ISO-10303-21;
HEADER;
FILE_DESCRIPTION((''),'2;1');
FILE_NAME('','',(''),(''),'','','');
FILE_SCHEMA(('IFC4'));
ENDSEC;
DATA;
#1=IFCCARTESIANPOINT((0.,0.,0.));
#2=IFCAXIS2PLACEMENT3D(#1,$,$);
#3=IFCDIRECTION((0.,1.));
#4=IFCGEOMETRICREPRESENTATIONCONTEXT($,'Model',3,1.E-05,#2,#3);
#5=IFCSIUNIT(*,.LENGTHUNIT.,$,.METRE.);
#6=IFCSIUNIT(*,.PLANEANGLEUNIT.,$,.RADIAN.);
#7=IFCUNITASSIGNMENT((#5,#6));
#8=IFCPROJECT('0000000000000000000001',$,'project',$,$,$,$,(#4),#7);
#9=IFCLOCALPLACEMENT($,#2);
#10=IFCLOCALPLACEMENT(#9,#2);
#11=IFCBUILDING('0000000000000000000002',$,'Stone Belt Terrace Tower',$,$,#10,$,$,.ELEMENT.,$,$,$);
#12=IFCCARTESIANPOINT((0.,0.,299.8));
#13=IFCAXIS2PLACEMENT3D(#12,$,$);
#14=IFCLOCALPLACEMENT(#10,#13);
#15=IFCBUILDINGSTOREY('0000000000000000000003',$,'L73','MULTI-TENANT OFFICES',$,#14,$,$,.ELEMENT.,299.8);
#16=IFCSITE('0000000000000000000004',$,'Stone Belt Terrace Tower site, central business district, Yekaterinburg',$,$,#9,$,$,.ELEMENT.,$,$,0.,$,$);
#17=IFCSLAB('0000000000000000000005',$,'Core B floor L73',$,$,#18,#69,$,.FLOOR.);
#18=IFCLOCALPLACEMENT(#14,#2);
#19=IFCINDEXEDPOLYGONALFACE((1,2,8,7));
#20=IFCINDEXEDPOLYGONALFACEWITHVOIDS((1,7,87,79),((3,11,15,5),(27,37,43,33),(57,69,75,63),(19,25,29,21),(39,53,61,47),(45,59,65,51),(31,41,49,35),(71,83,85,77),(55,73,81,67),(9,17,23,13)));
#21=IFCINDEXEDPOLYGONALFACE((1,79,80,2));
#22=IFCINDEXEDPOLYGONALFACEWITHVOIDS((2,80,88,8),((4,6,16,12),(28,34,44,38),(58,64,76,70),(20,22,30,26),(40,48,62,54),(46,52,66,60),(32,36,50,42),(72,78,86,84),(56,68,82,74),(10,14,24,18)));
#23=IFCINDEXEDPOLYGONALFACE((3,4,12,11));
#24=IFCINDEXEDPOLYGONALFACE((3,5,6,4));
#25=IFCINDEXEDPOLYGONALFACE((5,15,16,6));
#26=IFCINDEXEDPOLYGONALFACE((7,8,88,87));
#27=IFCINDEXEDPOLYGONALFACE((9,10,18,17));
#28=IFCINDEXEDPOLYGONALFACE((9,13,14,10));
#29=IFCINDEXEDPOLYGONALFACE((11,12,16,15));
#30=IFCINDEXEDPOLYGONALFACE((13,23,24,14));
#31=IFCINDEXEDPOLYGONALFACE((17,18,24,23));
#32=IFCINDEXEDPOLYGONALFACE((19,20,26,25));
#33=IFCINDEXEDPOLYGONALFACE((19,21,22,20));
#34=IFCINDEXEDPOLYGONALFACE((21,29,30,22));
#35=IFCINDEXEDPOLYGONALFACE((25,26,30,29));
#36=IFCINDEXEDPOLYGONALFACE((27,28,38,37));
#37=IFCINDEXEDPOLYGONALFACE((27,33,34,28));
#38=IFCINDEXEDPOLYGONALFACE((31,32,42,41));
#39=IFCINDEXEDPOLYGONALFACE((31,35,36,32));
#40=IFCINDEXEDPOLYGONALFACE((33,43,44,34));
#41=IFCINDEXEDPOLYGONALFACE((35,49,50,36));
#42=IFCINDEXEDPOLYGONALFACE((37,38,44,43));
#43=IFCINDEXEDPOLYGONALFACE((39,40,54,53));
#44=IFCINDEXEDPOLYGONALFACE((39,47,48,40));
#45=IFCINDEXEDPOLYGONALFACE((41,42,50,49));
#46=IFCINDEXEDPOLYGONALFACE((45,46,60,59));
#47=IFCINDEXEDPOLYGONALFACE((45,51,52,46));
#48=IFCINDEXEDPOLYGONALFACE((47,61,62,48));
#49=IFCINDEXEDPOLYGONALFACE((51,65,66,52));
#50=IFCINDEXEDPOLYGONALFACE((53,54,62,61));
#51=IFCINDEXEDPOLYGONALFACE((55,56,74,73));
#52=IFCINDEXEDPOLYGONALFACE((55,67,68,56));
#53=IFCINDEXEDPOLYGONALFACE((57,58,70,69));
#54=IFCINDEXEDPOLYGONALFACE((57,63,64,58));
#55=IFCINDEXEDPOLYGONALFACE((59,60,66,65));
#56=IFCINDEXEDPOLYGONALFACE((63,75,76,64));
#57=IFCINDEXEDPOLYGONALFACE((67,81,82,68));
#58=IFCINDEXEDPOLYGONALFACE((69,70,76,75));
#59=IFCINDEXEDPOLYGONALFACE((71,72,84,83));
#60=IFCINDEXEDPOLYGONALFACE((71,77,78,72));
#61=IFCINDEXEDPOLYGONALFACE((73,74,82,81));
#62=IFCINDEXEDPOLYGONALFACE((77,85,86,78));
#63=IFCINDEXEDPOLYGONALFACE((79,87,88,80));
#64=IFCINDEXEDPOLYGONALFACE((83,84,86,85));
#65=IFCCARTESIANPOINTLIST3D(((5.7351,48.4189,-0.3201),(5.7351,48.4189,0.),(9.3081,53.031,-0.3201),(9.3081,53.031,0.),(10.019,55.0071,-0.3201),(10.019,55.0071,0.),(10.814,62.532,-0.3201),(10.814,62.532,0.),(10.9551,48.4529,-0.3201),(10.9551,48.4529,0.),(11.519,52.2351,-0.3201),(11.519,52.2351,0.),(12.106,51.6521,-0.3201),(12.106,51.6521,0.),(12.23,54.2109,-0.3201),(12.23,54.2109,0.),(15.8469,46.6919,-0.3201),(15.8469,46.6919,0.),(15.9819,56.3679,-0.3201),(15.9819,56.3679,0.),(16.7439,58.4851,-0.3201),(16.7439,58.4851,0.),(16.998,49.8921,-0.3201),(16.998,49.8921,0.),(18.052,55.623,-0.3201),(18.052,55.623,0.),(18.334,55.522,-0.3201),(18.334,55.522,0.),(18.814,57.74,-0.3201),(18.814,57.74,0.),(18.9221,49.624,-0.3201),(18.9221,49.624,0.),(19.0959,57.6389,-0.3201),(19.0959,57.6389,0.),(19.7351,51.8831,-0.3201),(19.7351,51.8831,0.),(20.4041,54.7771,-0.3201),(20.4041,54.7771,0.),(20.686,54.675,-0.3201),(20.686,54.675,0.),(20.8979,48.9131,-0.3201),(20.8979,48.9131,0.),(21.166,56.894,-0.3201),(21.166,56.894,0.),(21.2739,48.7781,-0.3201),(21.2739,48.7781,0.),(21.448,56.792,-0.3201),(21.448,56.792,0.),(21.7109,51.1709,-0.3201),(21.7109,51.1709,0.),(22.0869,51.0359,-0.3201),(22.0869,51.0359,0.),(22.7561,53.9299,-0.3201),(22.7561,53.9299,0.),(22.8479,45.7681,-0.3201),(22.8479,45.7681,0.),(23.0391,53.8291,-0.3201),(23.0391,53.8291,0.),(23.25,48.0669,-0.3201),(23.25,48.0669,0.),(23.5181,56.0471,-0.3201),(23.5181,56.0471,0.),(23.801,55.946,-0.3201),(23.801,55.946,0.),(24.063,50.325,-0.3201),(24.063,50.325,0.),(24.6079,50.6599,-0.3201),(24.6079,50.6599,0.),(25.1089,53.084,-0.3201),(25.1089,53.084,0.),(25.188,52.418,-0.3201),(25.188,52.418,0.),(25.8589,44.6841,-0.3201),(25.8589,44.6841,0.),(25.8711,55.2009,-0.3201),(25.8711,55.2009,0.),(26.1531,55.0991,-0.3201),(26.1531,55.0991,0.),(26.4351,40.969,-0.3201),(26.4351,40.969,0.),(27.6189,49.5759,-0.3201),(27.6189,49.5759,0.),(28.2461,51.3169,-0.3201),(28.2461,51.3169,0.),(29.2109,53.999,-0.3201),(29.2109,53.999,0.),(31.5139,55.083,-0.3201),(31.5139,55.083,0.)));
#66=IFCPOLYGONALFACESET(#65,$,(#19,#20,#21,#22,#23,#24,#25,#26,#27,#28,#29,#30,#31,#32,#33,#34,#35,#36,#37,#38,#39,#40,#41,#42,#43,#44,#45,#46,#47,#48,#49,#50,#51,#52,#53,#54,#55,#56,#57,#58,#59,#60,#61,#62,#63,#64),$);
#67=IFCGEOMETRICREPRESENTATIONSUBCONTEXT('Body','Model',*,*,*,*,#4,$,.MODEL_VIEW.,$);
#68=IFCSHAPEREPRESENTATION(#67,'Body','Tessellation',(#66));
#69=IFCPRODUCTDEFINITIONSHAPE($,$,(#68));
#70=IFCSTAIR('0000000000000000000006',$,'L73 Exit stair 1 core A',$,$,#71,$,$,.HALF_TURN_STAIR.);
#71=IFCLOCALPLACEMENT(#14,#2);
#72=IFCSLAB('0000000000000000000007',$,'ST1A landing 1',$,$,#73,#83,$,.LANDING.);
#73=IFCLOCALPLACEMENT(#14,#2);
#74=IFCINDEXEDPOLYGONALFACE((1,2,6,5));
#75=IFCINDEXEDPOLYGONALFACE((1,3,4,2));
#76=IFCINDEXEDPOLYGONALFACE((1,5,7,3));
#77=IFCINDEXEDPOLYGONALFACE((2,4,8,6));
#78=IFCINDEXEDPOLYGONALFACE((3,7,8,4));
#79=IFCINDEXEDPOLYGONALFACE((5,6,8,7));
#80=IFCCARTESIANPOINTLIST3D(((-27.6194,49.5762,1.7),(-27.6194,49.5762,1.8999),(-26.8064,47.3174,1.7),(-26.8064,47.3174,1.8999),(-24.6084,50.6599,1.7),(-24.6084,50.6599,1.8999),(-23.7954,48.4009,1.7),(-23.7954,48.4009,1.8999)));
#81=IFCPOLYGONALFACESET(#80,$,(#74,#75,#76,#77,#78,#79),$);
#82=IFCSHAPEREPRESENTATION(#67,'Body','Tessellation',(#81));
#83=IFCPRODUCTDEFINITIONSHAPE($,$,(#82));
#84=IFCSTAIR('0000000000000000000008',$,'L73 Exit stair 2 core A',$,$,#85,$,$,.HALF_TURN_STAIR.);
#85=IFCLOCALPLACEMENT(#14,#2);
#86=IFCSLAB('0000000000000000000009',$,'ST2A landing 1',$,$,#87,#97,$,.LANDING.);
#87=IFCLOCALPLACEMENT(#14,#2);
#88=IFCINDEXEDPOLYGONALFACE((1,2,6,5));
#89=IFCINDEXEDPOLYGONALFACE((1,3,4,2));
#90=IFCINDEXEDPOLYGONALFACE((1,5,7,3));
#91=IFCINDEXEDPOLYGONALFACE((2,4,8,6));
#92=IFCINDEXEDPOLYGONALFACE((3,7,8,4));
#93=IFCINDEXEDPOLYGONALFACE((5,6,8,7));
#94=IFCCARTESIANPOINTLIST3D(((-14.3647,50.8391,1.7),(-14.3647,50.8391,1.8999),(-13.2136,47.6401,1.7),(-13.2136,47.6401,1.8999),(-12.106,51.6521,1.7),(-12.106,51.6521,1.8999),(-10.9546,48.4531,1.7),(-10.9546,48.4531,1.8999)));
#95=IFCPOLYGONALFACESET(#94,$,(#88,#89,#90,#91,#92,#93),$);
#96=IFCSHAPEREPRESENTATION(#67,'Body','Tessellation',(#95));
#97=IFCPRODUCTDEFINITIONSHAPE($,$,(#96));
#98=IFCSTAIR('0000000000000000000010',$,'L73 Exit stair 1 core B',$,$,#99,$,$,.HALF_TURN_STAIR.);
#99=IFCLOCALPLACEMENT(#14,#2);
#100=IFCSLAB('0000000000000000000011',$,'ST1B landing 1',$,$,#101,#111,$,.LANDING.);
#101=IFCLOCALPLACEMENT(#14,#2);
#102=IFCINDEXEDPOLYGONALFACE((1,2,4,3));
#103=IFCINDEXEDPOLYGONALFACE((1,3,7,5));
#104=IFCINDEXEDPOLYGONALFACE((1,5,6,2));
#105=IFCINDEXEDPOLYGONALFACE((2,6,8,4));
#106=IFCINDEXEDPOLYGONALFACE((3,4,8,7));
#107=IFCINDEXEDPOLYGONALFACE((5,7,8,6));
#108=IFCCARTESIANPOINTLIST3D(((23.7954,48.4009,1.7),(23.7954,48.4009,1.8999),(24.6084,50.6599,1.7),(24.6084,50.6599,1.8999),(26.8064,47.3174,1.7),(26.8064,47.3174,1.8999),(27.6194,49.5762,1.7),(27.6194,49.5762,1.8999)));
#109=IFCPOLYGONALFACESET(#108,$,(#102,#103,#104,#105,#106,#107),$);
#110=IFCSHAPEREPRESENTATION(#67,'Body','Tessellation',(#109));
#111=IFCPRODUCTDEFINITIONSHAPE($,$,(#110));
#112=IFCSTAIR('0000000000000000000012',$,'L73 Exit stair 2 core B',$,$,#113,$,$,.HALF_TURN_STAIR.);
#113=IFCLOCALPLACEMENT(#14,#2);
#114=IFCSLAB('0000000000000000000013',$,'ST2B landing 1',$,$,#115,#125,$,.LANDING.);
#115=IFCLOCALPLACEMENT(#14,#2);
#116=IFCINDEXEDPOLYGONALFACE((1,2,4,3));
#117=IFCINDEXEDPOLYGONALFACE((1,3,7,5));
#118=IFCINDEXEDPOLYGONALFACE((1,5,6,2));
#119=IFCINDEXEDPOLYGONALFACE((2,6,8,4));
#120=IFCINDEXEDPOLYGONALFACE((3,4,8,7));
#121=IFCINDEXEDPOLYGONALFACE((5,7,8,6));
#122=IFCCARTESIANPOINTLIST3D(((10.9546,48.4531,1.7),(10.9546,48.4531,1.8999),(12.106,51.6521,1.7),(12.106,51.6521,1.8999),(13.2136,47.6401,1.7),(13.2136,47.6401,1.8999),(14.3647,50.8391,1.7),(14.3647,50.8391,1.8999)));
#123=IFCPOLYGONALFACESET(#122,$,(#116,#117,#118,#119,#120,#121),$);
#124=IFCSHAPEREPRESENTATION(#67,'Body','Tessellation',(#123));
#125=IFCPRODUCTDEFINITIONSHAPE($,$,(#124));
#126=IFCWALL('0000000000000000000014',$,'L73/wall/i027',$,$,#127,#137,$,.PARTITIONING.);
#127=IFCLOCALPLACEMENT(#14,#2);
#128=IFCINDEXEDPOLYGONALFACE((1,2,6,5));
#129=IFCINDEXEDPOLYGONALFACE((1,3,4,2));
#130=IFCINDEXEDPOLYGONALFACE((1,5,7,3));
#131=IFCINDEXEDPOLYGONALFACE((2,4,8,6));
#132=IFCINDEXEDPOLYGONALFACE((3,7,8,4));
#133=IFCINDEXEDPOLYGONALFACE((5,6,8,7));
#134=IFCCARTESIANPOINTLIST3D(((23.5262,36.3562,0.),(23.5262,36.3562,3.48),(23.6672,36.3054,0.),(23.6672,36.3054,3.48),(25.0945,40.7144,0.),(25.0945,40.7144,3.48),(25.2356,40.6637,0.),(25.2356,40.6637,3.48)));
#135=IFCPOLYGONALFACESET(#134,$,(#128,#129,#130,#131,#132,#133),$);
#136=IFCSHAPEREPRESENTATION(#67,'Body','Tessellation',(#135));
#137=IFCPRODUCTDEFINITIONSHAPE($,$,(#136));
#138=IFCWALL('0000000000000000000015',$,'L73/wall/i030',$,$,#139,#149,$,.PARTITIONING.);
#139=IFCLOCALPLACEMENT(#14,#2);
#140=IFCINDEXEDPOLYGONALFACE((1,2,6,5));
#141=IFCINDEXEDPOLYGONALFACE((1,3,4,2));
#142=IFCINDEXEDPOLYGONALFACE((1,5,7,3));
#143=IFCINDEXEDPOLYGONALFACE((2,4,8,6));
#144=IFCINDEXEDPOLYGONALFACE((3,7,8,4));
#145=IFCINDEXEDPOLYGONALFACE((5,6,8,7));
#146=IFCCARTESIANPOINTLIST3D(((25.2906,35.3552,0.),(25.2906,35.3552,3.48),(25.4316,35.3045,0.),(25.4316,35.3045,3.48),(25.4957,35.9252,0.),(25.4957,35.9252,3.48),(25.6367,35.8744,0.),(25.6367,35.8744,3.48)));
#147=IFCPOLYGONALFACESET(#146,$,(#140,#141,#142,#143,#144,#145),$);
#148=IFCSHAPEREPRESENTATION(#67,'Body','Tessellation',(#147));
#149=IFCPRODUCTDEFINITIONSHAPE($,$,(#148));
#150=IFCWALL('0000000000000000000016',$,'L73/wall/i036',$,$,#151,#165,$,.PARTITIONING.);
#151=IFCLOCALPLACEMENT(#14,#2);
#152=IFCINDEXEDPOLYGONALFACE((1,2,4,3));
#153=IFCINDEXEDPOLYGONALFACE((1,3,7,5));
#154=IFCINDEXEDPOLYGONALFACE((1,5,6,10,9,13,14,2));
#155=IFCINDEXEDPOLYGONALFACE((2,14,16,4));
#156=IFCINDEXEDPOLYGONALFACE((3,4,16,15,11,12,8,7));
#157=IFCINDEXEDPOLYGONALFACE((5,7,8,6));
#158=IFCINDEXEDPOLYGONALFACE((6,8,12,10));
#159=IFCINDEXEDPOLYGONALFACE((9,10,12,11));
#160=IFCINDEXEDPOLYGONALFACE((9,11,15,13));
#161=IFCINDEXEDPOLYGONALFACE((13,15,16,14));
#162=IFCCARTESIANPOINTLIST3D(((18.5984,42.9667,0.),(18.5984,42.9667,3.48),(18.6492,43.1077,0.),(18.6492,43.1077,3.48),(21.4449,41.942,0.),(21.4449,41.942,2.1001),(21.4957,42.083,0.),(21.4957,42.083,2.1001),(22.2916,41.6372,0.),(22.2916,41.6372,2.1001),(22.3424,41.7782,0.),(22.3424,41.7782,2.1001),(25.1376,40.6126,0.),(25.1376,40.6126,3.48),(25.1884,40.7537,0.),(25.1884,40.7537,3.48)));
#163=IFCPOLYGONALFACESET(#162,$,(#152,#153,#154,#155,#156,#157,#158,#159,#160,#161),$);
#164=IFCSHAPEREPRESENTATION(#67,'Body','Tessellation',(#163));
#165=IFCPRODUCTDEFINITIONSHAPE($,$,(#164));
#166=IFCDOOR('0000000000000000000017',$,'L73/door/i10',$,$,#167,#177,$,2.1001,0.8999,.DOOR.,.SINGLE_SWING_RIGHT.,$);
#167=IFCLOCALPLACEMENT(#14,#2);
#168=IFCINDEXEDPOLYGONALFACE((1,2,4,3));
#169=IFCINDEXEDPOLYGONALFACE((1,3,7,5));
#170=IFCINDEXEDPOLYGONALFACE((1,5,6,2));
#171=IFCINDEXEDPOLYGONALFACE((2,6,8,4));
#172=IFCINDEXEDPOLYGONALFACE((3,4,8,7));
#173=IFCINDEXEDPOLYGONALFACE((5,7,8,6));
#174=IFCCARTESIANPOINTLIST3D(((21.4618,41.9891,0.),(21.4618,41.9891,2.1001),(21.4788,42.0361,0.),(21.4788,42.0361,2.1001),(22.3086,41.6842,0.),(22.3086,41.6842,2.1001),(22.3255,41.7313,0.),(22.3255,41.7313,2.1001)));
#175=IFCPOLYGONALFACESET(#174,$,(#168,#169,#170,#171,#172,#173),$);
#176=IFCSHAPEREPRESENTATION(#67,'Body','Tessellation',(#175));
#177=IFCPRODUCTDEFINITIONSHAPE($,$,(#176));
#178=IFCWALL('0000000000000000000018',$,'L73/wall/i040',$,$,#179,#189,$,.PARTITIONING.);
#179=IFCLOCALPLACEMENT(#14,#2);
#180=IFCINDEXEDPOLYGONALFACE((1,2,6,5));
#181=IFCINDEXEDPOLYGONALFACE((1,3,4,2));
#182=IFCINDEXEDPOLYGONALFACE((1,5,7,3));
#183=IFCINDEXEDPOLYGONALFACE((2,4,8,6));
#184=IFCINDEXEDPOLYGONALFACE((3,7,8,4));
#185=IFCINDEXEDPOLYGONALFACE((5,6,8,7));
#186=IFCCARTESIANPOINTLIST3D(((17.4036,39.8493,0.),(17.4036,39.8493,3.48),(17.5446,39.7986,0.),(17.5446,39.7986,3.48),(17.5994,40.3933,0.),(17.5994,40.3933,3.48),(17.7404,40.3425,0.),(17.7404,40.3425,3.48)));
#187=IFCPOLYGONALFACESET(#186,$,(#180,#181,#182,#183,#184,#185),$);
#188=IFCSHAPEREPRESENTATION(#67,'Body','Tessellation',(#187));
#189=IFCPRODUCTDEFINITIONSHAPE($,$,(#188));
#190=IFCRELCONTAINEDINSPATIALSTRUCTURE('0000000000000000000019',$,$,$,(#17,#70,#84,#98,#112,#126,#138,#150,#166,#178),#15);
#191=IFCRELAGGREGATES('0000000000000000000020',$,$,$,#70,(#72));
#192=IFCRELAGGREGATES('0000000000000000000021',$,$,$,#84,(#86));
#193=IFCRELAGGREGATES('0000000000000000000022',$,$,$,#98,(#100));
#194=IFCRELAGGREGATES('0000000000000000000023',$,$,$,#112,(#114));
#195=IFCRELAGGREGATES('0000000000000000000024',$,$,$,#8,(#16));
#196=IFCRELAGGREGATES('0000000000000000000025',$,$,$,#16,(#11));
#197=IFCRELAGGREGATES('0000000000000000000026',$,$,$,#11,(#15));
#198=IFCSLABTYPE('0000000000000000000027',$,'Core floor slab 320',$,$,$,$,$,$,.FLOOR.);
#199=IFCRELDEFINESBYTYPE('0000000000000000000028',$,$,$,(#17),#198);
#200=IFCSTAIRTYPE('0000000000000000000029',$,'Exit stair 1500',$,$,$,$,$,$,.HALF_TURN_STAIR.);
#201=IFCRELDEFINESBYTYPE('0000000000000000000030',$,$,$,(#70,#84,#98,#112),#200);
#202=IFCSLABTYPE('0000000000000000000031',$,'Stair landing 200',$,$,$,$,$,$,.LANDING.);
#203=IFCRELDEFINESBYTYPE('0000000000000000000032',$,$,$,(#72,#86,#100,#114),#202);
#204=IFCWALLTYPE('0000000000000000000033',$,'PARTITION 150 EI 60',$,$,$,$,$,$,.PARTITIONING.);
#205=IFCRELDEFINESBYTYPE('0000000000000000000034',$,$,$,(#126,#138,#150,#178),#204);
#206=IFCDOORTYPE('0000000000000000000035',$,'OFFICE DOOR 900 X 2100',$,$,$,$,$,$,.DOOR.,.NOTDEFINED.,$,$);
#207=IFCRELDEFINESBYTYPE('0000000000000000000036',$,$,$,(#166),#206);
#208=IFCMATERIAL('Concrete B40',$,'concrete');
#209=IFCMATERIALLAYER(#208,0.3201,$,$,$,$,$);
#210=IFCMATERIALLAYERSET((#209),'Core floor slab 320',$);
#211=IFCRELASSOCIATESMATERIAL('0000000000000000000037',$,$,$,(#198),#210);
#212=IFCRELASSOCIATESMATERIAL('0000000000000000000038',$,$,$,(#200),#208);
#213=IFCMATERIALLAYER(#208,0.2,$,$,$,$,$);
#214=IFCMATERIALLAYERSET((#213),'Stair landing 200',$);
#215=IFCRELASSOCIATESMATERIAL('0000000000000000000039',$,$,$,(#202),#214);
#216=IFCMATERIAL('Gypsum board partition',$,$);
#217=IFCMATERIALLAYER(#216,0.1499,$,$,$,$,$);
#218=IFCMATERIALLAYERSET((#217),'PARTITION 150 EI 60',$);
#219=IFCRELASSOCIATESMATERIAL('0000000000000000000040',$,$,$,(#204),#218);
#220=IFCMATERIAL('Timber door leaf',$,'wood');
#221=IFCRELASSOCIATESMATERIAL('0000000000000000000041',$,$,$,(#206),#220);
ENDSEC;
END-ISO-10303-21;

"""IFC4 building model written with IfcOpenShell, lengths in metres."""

from ifc_helpers import new_model, si_unit, direction, frame, frame_2d, origin, place, context, subcontext, project, spatial, polyline, rectangle, outline, extrude, material, layer, layer_set, type_object, element, fill, aggregate, save


model = new_model("IFC4")

# Units and contexts
model_context = context("Model", 3, precision=1e-05, world=origin(), true_north=direction((0.0, 1.0)))
body_context = subcontext(model_context, "Body", "Model", "MODEL_VIEW")
ifc_project = project(units=[si_unit("LENGTHUNIT", "METRE"), si_unit("PLANEANGLEUNIT", "RADIAN")], contexts=[model_context])

# Site, building, storey
site_placement = place(None, origin())
site = spatial("IfcSite", under=ifc_project, at=site_placement, Name="Stone Belt Terrace Tower site, central business district, Yekaterinburg", CompositionType="ELEMENT", RefElevation=0.0)
building_placement = place(site_placement, origin())
building = spatial("IfcBuilding", under=site, at=building_placement, Name="Stone Belt Terrace Tower", CompositionType="ELEMENT")
storey_placement = place(building_placement, frame((0.0, 0.0, 299.8)))
storey = spatial("IfcBuildingStorey", under=building, at=storey_placement, Name="L73", Description="MULTI-TENANT OFFICES", CompositionType="ELEMENT", Elevation=299.8)

# Slab
ifc_material_1 = material(Name="Concrete B40", Category="concrete")
ifc_layer_1 = layer(ifc_material_1, 0.3201)
ifc_layer_set_1 = layer_set([ifc_layer_1], Name="Core floor slab 320")
slab_type_1 = type_object("IfcSlabType", Name="Core floor slab 320", PredefinedType="FLOOR", material=ifc_layer_set_1)
slab_1_placement = place(storey_placement, frame((0.0, 0.0, -0.3201)))
element("IfcSlab", 1, at=slab_1_placement, inside=storey, type_object=slab_type_1, Name="Core B floor L73", PredefinedType="FLOOR", context=body_context, shape_type="SweptSolid", body=[
    extrude(outline(polyline([(26.4351, 40.969), (31.5139, 55.083), (10.814, 62.532), (5.7351, 48.4189), (26.4351, 40.969)]), holes=[polyline([(27.6189, 49.5759), (25.8589, 44.6841), (22.8479, 45.7681), (24.6079, 50.6599), (27.6189, 49.5759)]), polyline([(12.106, 51.6521), (16.998, 49.8921), (15.8469, 46.6919), (10.9551, 48.4529), (12.106, 51.6521)]), polyline([(23.25, 48.0669), (21.2739, 48.7781), (22.0869, 51.0359), (24.063, 50.325), (23.25, 48.0669)]), polyline([(18.9221, 49.624), (19.7351, 51.8831), (21.7109, 51.1709), (20.8979, 48.9131), (18.9221, 49.624)]), polyline([(29.2109, 53.999), (28.2461, 51.3169), (25.188, 52.418), (26.1531, 55.0991), (29.2109, 53.999)]), polyline([(11.519, 52.2351), (9.3081, 53.031), (10.019, 55.0071), (12.23, 54.2109), (11.519, 52.2351)]), polyline([(23.0391, 53.8291), (23.801, 55.946), (25.8711, 55.2009), (25.1089, 53.084), (23.0391, 53.8291)]), polyline([(20.686, 54.675), (21.448, 56.792), (23.5181, 56.0471), (22.7561, 53.9299), (20.686, 54.675)]), polyline([(19.0959, 57.6389), (21.166, 56.894), (20.4041, 54.7771), (18.334, 55.522), (19.0959, 57.6389)]), polyline([(16.7439, 58.4851), (18.814, 57.74), (18.052, 55.623), (15.9819, 56.3679), (16.7439, 58.4851)])]), origin(), (0.0, 0.0, 1.0), 0.3201),
])

# Stairs, slabs
stair_type = type_object("IfcStairType", Name="Exit stair 1500", PredefinedType="HALF_TURN_STAIR", material=ifc_material_1)
stair_1_placement = place(storey_placement, origin())
stair_1 = element("IfcStair", 2, at=stair_1_placement, inside=storey, type_object=stair_type, Name="L73 Exit stair 1 core A", PredefinedType="HALF_TURN_STAIR")
ifc_layer_2 = layer(ifc_material_1, 0.2)
ifc_layer_set_2 = layer_set([ifc_layer_2], Name="Stair landing 200")
slab_type_2 = type_object("IfcSlabType", Name="Stair landing 200", PredefinedType="LANDING", material=ifc_layer_set_2)
slab_2_placement = place(storey_placement, frame((0.0, 0.0, 1.7)))
slab_2 = element("IfcSlab", 3, at=slab_2_placement, type_object=slab_type_2, Name="ST1A landing 1", PredefinedType="LANDING", context=body_context, shape_type="SweptSolid", body=[
    extrude(outline(polyline([(-23.7954, 48.4009), (-24.6084, 50.6599), (-27.6194, 49.5762), (-26.8064, 47.3174), (-23.7954, 48.4009)])), origin(), (0.0, 0.0, 1.0), 0.2),
])
aggregate(stair_1, [slab_2])
stair_2_placement = place(storey_placement, origin())
stair_2 = element("IfcStair", 4, at=stair_2_placement, inside=storey, type_object=stair_type, Name="L73 Exit stair 2 core A", PredefinedType="HALF_TURN_STAIR")
slab_3_placement = place(storey_placement, frame((0.0, 0.0, 1.7)))
slab_3 = element("IfcSlab", 5, at=slab_3_placement, type_object=slab_type_2, Name="ST2A landing 1", PredefinedType="LANDING", context=body_context, shape_type="SweptSolid", body=[
    extrude(outline(polyline([(-13.2136, 47.6401), (-10.9546, 48.4531), (-12.106, 51.6521), (-14.3647, 50.8391), (-13.2136, 47.6401)])), origin(), (0.0, 0.0, 1.0), 0.2),
])
aggregate(stair_2, [slab_3])
stair_3_placement = place(storey_placement, origin())
stair_3 = element("IfcStair", 6, at=stair_3_placement, inside=storey, type_object=stair_type, Name="L73 Exit stair 1 core B", PredefinedType="HALF_TURN_STAIR")
slab_4_placement = place(storey_placement, frame((0.0, 0.0, 1.7)))
slab_4 = element("IfcSlab", 7, at=slab_4_placement, type_object=slab_type_2, Name="ST1B landing 1", PredefinedType="LANDING", context=body_context, shape_type="SweptSolid", body=[
    extrude(outline(polyline([(26.8064, 47.3174), (27.6194, 49.5762), (24.6084, 50.6599), (23.7954, 48.4009), (26.8064, 47.3174)])), origin(), (0.0, 0.0, 1.0), 0.2),
])
aggregate(stair_3, [slab_4])
stair_4_placement = place(storey_placement, origin())
stair_4 = element("IfcStair", 8, at=stair_4_placement, inside=storey, type_object=stair_type, Name="L73 Exit stair 2 core B", PredefinedType="HALF_TURN_STAIR")
slab_5_placement = place(storey_placement, frame((0.0, 0.0, 1.7)))
slab_5 = element("IfcSlab", 9, at=slab_5_placement, type_object=slab_type_2, Name="ST2B landing 1", PredefinedType="LANDING", context=body_context, shape_type="SweptSolid", body=[
    extrude(outline(polyline([(14.3647, 50.8391), (12.106, 51.6521), (10.9546, 48.4531), (13.2136, 47.6401), (14.3647, 50.8391)])), origin(), (0.0, 0.0, 1.0), 0.2),
])
aggregate(stair_4, [slab_5])

# Walls
ifc_material_2 = material(Name="Gypsum board partition")
ifc_layer_3 = layer(ifc_material_2, 0.1499)
ifc_layer_set_3 = layer_set([ifc_layer_3], Name="PARTITION 150 EI 60")
wall_type = type_object("IfcWallType", Name="PARTITION 150 EI 60", PredefinedType="PARTITIONING", material=ifc_layer_set_3)
wall_1_placement = place(storey_placement, frame((23.5967, 36.3308, 0.0), z_axis=(0.0, 0.0, 1.0), x_axis=(0.338609, 0.940927, 0.0)))
element("IfcWall", 10, at=wall_1_placement, inside=storey, type_object=wall_type, Name="L73/wall/i027", PredefinedType="PARTITIONING", context=body_context, shape_type="SweptSolid", body=[
    extrude(rectangle(XDim=4.6318, YDim=0.1499, at=frame_2d((2.3159, 0.0))), origin(), (0.0, 0.0, 1.0), 3.48),
])
wall_2_placement = place(storey_placement, frame((25.5662, 35.8997, 0.0), z_axis=(0.0, 0.0, 1.0), x_axis=(-0.338634, -0.940918, 0.0)))
element("IfcWall", 11, at=wall_2_placement, inside=storey, type_object=wall_type, Name="L73/wall/i030", PredefinedType="PARTITIONING", context=body_context, shape_type="SweptSolid", body=[
    extrude(rectangle(XDim=0.6057, YDim=0.1499, at=frame_2d((0.3027, 0.0))), origin(), (0.0, 0.0, 1.0), 3.48),
])

# Wall, opening, door
wall_3_placement = place(storey_placement, frame((25.1631, 40.6831, 0.0), z_axis=(0.0, 0.0, 1.0), x_axis=(-0.94089, 0.338712, 0.0)))
wall_3 = element("IfcWall", 12, at=wall_3_placement, inside=storey, type_object=wall_type, Name="L73/wall/i036", PredefinedType="PARTITIONING", context=body_context, shape_type="SweptSolid", body=[
    extrude(rectangle(XDim=6.95, YDim=0.1499, at=frame_2d((3.4751, 0.0))), origin(), (0.0, 0.0, 1.0), 3.48),
])
opening_placement = place(wall_3_placement, frame((3.0249, 0.0, 0.0)))
opening = element("IfcOpeningElement", 13, at=opening_placement, cuts=wall_3, PredefinedType="OPENING", context=body_context, shape_type="SweptSolid", body=[
    extrude(rectangle(XDim=0.8999, YDim=2.1001, at=frame_2d((0.45, 1.05))), frame((0.0, 0.085, 0.0), z_axis=(0.0, -1.0, 0.0), x_axis=(1.0, 0.0, 0.0)), (0.0, 0.0, 1.0), 0.1699),
])
ifc_material_3 = material(Name="Timber door leaf", Category="wood")
door_type = type_object("IfcDoorType", Name="OFFICE DOOR 900 X 2100", OperationType="NOTDEFINED", PredefinedType="DOOR", material=ifc_material_3)
door_placement = place(opening_placement, origin())
door = element("IfcDoor", 14, at=door_placement, inside=storey, type_object=door_type, Name="L73/door/i10", OperationType="SINGLE_SWING_RIGHT", OverallHeight=2.1001, OverallWidth=0.8999, PredefinedType="DOOR", context=body_context, shape_type="SweptSolid", body=[
    extrude(rectangle(XDim=0.8999, YDim=2.1001, at=frame_2d((0.45, 1.05))), frame((0.0, 0.0249, 0.0), z_axis=(0.0, -1.0, 0.0), x_axis=(1.0, 0.0, 0.0)), (0.0, 0.0, 1.0), 0.05),
])
fill(opening, door)

# Wall
wall_4_placement = place(storey_placement, frame((17.6699, 40.3679, 0.0), z_axis=(0.0, 0.0, 1.0), x_axis=(-0.33869, -0.940898, 0.0)))
element("IfcWall", 15, at=wall_4_placement, inside=storey, type_object=wall_type, Name="L73/wall/i040", PredefinedType="PARTITIONING", context=body_context, shape_type="SweptSolid", body=[
    extrude(rectangle(XDim=0.5781, YDim=0.1499, at=frame_2d((0.2891, 0.0))), origin(), (0.0, 0.0, 1.0), 3.48),
])

save(model, "model.ifc")
